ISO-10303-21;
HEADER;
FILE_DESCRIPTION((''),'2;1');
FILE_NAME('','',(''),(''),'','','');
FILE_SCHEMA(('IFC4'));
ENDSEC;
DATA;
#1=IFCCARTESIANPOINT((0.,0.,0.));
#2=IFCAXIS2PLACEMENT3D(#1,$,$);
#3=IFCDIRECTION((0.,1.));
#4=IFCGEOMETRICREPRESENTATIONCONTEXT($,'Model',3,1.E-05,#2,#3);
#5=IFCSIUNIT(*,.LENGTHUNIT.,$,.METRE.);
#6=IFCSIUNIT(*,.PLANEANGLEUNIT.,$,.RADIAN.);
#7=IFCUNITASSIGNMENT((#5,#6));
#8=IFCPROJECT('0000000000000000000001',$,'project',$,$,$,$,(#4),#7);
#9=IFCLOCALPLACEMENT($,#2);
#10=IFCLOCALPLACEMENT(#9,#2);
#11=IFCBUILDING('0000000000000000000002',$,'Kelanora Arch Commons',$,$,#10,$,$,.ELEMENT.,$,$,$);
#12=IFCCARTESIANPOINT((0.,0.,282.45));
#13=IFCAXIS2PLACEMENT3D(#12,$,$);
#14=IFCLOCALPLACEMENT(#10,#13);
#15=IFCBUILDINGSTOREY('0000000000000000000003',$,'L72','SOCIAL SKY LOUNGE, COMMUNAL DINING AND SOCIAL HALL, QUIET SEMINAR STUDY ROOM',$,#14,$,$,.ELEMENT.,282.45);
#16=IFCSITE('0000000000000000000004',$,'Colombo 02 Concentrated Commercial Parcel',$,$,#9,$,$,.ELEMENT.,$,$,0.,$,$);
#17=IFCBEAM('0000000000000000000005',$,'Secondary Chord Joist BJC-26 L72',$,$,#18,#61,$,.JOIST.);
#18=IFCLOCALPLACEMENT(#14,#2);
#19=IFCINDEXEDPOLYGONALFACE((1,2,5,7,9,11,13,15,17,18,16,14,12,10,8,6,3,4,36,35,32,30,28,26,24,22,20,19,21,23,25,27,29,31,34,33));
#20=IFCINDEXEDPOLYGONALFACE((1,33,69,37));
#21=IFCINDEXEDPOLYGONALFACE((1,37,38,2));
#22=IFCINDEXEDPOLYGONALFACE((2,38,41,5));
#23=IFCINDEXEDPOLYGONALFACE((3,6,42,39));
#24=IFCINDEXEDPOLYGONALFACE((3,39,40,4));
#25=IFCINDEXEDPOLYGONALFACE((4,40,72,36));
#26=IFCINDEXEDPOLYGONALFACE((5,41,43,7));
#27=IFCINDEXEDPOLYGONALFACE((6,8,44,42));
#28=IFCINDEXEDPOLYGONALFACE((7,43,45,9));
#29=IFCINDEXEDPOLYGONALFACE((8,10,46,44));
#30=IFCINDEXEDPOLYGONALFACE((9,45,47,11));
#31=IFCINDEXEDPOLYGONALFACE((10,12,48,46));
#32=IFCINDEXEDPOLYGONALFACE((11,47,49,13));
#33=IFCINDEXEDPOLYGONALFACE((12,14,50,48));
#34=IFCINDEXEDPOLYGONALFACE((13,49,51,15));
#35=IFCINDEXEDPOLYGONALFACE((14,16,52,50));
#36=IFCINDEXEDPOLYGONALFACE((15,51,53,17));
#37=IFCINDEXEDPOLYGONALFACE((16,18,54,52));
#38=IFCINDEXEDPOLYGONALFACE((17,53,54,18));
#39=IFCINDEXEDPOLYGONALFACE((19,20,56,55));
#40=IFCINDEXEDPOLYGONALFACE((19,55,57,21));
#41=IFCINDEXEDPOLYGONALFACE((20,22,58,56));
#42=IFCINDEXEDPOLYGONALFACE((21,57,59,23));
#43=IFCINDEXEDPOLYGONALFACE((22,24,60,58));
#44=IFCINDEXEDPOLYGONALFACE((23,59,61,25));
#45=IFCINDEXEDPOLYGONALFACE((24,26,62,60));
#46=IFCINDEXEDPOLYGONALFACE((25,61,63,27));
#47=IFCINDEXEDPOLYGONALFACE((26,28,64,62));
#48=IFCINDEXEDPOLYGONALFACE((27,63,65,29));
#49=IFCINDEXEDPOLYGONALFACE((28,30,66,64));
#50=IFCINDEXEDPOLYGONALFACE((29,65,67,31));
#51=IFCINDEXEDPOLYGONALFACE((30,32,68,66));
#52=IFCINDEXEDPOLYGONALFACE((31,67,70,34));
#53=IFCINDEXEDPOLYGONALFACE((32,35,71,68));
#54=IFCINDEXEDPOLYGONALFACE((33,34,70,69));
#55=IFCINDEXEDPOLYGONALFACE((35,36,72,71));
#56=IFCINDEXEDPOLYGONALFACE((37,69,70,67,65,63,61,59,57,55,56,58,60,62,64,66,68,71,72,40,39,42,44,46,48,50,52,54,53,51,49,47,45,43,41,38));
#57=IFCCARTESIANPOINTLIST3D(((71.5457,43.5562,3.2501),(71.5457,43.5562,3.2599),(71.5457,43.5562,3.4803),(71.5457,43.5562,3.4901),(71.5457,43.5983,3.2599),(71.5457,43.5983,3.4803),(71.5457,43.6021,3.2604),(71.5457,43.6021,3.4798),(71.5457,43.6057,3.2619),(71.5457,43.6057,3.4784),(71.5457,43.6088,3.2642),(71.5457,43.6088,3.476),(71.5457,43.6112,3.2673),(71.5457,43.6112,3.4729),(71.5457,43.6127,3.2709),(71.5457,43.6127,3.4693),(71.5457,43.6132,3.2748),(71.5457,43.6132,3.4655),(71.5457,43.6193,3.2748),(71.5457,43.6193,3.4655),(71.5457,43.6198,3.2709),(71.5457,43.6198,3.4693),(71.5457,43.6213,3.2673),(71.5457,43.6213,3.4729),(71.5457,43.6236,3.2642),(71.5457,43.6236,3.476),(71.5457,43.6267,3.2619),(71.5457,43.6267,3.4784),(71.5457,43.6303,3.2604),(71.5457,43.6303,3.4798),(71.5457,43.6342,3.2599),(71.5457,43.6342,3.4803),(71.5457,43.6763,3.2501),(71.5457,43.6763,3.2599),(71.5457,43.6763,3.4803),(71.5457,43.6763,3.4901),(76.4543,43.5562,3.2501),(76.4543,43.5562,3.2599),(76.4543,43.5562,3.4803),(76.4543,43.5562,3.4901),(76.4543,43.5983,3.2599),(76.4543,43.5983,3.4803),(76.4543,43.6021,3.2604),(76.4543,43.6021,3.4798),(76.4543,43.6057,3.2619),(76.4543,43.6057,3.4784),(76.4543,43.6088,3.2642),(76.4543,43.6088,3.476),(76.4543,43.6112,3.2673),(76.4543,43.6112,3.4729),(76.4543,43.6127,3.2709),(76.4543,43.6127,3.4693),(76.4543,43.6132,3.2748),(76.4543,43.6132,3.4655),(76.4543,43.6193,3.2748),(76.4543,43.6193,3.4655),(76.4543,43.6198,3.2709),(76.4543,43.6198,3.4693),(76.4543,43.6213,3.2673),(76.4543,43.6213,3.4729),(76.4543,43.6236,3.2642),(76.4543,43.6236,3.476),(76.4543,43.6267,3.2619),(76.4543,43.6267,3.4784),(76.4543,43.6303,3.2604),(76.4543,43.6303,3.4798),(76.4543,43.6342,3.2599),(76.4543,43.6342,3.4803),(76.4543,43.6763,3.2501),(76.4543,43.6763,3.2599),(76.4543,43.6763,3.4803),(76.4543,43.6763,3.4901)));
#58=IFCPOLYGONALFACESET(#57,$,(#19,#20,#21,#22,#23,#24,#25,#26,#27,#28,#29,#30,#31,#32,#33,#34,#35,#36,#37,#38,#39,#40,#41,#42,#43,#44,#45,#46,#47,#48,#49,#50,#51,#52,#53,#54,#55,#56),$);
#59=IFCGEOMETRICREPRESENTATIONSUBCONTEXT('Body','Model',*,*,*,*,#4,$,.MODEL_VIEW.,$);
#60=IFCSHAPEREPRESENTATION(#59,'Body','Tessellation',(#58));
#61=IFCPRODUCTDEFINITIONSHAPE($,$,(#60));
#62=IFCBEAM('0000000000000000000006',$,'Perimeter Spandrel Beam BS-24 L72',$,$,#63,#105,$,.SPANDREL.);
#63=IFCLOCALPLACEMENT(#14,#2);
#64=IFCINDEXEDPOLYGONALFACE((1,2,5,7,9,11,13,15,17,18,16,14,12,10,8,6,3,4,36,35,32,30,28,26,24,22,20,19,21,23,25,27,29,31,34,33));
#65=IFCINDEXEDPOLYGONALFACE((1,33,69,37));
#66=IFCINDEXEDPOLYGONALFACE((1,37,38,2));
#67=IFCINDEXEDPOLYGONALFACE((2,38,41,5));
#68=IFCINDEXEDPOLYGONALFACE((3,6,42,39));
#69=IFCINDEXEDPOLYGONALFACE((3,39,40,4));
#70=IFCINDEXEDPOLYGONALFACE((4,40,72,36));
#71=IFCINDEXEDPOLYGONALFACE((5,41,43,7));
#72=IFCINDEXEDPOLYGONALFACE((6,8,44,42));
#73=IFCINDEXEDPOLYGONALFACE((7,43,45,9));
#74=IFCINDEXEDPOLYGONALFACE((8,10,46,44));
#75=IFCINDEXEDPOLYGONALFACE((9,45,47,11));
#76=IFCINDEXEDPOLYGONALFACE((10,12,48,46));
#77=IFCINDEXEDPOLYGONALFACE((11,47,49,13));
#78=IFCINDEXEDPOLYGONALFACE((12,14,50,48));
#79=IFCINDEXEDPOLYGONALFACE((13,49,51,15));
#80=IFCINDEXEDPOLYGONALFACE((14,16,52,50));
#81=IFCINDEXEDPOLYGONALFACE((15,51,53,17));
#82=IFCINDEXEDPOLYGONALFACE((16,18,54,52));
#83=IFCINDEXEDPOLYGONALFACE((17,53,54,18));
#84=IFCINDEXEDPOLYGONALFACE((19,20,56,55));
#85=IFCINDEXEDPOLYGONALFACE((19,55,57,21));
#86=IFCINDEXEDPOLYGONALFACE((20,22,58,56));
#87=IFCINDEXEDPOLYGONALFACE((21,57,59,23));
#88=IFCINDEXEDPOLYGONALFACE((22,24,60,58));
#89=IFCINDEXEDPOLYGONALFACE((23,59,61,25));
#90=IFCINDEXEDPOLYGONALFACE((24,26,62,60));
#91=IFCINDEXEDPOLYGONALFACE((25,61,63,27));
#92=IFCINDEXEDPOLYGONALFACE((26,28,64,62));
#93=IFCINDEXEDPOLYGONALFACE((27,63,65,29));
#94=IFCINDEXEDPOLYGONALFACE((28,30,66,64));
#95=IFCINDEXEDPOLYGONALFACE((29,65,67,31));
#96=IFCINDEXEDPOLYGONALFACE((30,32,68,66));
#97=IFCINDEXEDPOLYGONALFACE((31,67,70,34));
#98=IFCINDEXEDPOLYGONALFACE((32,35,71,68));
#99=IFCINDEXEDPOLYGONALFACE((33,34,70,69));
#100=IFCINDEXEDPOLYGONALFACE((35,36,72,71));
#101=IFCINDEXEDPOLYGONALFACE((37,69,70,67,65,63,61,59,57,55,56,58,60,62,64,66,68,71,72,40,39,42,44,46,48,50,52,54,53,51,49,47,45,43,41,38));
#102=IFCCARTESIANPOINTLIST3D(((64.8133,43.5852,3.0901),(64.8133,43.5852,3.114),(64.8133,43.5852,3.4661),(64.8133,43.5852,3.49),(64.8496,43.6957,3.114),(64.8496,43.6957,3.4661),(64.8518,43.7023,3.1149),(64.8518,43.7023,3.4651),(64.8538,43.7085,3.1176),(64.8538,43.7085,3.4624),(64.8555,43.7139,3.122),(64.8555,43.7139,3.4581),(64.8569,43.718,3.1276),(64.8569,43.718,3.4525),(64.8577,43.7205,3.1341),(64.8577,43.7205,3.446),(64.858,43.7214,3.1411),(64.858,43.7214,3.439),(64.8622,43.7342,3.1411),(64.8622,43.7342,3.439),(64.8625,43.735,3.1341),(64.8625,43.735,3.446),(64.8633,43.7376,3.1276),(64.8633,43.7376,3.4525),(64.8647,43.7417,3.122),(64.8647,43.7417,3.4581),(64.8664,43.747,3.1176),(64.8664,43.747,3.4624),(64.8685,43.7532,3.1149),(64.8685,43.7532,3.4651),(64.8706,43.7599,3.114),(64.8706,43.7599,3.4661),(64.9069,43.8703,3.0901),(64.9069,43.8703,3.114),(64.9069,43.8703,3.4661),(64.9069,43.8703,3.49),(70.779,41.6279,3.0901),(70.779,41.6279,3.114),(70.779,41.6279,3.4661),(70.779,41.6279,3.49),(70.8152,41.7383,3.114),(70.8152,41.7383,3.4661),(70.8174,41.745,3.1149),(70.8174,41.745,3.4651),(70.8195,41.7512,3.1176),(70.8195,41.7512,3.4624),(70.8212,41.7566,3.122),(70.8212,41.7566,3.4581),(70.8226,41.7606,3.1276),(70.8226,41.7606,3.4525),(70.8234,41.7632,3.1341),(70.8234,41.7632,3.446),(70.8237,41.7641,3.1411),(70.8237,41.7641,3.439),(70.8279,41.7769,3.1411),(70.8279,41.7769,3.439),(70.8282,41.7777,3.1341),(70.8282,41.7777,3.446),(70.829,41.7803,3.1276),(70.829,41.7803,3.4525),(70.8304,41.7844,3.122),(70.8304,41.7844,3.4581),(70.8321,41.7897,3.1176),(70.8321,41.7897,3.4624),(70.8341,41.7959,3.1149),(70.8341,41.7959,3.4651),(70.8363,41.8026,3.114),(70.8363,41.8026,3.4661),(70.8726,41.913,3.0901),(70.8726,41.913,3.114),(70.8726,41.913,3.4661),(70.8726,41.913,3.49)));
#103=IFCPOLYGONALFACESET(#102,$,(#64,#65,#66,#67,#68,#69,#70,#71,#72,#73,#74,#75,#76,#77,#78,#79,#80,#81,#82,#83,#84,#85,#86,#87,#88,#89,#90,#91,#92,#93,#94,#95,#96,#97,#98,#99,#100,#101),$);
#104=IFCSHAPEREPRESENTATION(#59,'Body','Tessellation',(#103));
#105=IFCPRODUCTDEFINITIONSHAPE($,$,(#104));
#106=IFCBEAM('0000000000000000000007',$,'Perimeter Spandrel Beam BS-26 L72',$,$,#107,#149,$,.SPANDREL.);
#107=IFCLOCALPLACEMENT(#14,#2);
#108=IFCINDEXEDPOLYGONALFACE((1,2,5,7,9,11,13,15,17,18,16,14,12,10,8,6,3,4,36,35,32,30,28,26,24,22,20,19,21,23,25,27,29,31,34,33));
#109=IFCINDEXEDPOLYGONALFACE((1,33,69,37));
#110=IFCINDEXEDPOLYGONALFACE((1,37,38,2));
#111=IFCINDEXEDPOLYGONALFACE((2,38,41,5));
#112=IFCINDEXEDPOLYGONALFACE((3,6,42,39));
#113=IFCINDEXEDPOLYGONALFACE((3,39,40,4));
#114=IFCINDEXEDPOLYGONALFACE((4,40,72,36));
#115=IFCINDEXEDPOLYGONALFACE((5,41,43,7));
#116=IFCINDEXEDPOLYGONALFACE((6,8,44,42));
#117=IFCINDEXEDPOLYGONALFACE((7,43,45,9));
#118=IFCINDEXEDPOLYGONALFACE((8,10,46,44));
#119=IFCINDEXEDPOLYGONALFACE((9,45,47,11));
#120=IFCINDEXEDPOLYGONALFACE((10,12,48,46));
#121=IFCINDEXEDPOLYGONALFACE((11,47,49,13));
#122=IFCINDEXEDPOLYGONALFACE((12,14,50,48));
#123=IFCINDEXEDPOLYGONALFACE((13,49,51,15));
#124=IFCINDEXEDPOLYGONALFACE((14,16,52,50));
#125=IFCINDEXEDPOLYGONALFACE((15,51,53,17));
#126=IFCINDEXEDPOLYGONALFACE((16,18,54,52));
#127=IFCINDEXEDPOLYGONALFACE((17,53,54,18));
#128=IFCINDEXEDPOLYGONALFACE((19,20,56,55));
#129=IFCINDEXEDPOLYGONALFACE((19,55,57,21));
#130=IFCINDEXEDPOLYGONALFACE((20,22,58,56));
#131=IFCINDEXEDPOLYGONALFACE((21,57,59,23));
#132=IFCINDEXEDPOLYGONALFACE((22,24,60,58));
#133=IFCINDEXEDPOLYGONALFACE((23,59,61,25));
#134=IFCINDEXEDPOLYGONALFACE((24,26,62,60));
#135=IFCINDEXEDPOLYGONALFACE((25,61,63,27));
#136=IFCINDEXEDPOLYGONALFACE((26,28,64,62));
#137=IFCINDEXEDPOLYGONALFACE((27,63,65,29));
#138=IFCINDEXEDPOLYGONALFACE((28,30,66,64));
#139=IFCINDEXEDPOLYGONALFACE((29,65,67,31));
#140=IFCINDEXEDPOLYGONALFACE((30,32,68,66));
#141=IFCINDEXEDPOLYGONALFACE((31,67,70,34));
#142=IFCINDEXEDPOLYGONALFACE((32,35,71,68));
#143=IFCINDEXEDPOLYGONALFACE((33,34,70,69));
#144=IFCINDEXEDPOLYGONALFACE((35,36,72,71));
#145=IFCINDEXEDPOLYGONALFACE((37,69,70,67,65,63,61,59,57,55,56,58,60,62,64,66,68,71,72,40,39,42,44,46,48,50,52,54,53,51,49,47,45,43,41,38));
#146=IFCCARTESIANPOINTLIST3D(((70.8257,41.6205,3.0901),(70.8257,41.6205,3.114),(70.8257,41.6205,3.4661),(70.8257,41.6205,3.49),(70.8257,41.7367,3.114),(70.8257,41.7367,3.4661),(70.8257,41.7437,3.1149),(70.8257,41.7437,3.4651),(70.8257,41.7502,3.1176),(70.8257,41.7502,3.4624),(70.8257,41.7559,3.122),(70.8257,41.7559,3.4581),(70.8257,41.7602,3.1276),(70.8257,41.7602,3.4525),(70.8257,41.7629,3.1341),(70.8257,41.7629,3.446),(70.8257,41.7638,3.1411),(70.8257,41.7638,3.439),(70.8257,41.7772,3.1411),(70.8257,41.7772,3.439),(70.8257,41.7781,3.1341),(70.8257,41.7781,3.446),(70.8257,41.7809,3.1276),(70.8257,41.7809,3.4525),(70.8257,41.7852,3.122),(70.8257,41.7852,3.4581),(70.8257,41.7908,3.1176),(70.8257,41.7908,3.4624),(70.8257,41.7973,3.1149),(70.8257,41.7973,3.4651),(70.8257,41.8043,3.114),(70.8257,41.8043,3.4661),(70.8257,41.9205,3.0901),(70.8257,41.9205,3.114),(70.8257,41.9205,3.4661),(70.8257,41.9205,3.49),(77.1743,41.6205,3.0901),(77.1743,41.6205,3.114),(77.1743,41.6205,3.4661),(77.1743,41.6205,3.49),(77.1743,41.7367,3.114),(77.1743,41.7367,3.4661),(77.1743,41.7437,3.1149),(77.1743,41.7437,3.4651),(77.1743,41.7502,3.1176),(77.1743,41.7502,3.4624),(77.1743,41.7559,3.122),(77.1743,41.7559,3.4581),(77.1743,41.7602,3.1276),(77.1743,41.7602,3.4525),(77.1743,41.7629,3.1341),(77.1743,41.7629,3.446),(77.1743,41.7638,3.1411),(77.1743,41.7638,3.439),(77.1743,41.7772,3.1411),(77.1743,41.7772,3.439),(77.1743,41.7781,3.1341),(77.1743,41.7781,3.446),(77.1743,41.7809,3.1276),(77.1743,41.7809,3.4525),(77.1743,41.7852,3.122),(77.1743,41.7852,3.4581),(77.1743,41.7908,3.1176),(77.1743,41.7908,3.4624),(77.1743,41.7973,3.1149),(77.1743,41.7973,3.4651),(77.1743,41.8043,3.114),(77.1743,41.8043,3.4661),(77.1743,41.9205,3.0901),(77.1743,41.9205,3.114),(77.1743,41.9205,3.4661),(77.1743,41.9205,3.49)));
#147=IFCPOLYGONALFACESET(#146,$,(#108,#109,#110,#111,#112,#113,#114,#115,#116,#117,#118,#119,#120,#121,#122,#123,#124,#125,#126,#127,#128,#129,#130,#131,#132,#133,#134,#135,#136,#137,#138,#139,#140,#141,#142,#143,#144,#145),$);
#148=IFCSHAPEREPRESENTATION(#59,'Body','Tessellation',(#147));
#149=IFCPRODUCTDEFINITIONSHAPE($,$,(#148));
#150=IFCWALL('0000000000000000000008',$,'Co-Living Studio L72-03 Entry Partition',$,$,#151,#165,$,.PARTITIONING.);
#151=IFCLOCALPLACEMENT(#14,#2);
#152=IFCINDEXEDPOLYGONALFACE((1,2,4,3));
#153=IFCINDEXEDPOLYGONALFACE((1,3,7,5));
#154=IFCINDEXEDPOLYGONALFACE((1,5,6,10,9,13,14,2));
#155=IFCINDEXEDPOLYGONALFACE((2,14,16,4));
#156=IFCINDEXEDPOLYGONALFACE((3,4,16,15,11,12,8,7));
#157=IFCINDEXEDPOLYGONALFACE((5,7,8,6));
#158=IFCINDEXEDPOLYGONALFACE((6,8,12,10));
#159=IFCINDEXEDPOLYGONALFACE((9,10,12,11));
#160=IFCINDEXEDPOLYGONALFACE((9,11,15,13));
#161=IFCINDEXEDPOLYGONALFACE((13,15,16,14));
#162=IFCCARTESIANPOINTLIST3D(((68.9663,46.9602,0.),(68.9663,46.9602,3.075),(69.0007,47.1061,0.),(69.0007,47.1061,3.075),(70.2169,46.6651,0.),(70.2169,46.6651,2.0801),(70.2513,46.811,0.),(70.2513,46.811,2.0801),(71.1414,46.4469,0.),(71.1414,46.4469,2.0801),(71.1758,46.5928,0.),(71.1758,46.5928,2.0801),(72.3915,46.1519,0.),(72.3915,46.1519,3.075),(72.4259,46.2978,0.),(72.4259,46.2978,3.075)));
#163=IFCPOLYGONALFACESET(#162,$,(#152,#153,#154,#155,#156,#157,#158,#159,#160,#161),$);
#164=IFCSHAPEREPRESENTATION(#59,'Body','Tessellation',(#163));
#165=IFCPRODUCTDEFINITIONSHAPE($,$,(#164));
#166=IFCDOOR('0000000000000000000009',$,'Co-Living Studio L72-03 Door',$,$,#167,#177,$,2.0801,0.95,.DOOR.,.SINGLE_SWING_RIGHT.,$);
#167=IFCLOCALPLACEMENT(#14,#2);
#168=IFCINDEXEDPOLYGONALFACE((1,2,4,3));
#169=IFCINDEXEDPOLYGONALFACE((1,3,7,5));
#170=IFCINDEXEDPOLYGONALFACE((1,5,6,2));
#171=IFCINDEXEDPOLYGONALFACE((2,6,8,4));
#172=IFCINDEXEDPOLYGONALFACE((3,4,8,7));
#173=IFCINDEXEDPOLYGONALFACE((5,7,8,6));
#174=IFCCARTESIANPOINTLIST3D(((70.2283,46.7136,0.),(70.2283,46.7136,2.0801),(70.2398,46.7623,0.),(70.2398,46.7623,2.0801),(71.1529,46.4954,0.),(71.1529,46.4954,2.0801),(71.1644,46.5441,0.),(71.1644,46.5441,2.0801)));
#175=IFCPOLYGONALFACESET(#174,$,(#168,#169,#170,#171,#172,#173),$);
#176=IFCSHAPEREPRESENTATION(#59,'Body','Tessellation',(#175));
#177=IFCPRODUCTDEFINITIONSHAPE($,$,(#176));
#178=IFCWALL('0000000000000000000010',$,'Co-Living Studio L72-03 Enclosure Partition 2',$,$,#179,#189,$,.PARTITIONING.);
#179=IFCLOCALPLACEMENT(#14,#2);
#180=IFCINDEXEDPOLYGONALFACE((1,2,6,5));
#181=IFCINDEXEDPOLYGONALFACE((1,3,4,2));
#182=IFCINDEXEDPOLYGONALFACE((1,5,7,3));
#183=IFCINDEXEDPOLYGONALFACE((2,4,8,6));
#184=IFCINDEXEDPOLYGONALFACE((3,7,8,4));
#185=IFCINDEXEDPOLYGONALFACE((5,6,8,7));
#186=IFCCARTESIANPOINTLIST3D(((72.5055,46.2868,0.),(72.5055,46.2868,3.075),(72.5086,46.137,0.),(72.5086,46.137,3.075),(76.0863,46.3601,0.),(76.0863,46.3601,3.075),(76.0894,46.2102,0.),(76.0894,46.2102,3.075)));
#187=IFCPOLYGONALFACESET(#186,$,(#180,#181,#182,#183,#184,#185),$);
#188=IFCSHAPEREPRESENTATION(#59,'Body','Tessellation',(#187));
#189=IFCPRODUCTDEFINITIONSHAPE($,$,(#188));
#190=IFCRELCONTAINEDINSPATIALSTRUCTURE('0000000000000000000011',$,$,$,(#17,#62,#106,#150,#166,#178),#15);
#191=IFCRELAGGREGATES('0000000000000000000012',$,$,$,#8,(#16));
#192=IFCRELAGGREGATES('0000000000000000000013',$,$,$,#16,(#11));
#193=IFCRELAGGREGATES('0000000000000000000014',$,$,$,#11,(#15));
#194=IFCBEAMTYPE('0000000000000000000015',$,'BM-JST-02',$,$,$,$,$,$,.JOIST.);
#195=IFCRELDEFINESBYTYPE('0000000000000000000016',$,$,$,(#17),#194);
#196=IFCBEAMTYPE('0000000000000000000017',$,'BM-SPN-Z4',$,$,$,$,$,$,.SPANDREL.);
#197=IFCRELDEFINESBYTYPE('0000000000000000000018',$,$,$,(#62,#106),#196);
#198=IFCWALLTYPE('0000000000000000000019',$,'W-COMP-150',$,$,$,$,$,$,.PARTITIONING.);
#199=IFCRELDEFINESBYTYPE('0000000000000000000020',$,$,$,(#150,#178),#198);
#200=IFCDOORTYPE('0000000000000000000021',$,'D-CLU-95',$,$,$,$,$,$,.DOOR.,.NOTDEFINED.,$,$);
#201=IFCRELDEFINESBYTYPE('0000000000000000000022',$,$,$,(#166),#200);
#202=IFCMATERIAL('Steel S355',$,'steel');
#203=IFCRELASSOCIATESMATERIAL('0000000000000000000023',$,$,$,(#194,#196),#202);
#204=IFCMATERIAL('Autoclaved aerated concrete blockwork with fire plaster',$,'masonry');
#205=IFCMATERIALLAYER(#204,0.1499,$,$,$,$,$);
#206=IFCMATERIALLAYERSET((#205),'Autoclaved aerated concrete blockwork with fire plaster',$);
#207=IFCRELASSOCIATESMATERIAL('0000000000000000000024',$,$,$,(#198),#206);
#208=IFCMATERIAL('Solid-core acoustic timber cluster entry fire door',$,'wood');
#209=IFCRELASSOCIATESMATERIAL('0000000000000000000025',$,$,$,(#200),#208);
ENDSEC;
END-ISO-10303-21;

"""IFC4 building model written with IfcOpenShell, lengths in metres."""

from ifc_helpers import new_model, si_unit, direction, frame, frame_2d, origin, origin_2d, place, context, subcontext, project, spatial, rectangle, i_section, extrude, material, layer, layer_set, material_profile, profile_set, type_object, element, fill, save


model = new_model("IFC4")

# Units and contexts
model_context = context("Model", 3, precision=1e-05, world=origin(), true_north=direction((0.0, 1.0)))
body_context = subcontext(model_context, "Body", "Model", "MODEL_VIEW")
ifc_project = project(units=[si_unit("LENGTHUNIT", "METRE"), si_unit("PLANEANGLEUNIT", "RADIAN")], contexts=[model_context])

# Site, building, storey
site_placement = place(None, origin())
site = spatial("IfcSite", under=ifc_project, at=site_placement, Name="Colombo 02 Concentrated Commercial Parcel", CompositionType="ELEMENT", RefElevation=0.0)
building_placement = place(site_placement, origin())
building = spatial("IfcBuilding", under=site, at=building_placement, Name="Kelanora Arch Commons", CompositionType="ELEMENT")
storey_placement = place(building_placement, frame((0.0, 0.0, 282.45)))
storey = spatial("IfcBuildingStorey", under=building, at=storey_placement, Name="L72", Description="SOCIAL SKY LOUNGE, COMMUNAL DINING AND SOCIAL HALL, QUIET SEMINAR STUDY ROOM", CompositionType="ELEMENT", Elevation=282.45)

# Beams
ifc_material_1 = material(Name="Steel S355", Category="steel")
ifc_material_profile_1 = material_profile(ifc_material_1, i_section(OverallWidth=0.1201, OverallDepth=0.24, WebThickness=0.0061, FlangeThickness=0.0098, FilletRadius=0.0149, at=origin_2d()), Name="IPE240")
ifc_profile_set_1 = profile_set([ifc_material_profile_1], Name="Steel S355")
beam_type_1 = type_object("IfcBeamType", Name="BM-JST-02", PredefinedType="JOIST", material=ifc_profile_set_1)
beam_1_placement = place(storey_placement, frame((71.5457, 43.6162, 3.3701), z_axis=(1.0, 0.0, 0.0), x_axis=(0.0, 1.0, 0.0)))
element("IfcBeam", 1, at=beam_1_placement, inside=storey, type_object=beam_type_1, Name="Secondary Chord Joist BJC-26 L72", PredefinedType="JOIST", context=body_context, shape_type="SweptSolid", body=[
    extrude(i_section(OverallWidth=0.1201, OverallDepth=0.24, WebThickness=0.0061, FlangeThickness=0.0098, FilletRadius=0.0149, at=origin_2d()), origin(), (0.0, 0.0, 1.0), 4.9087),
])
ifc_material_profile_2 = material_profile(ifc_material_1, i_section(OverallWidth=0.3, OverallDepth=0.3999, WebThickness=0.0134, FlangeThickness=0.0239, FilletRadius=0.0271, at=origin_2d()), Name="HEB400")
ifc_profile_set_2 = profile_set([ifc_material_profile_2], Name="Steel S355")
beam_type_2 = type_object("IfcBeamType", Name="BM-SPN-Z4", PredefinedType="SPANDREL", material=ifc_profile_set_2)
beam_2_placement = place(storey_placement, frame((64.8601, 43.7278, 3.29), z_axis=(0.950166, -0.311745, 0.0), x_axis=(0.311745, 0.950166, 0.0)))
element("IfcBeam", 2, at=beam_2_placement, inside=storey, type_object=beam_type_2, Name="Perimeter Spandrel Beam BS-24 L72", PredefinedType="SPANDREL", context=body_context, shape_type="SweptSolid", body=[
    extrude(i_section(OverallWidth=0.3, OverallDepth=0.3999, WebThickness=0.0134, FlangeThickness=0.0239, FilletRadius=0.0271, at=origin_2d()), origin(), (0.0, 0.0, 1.0), 6.2786),
])
beam_3_placement = place(storey_placement, frame((70.8257, 41.7705, 3.29), z_axis=(1.0, 0.0, 0.0), x_axis=(0.0, 1.0, 0.0)))
element("IfcBeam", 3, at=beam_3_placement, inside=storey, type_object=beam_type_2, Name="Perimeter Spandrel Beam BS-26 L72", PredefinedType="SPANDREL", context=body_context, shape_type="SweptSolid", body=[
    extrude(i_section(OverallWidth=0.3, OverallDepth=0.3999, WebThickness=0.0134, FlangeThickness=0.0239, FilletRadius=0.0271, at=origin_2d()), origin(), (0.0, 0.0, 1.0), 6.3486),
])

# Wall, opening, door
ifc_material_2 = material(Name="Autoclaved aerated concrete blockwork with fire plaster", Category="masonry")
ifc_layer_1 = layer(ifc_material_2, 0.1499)
ifc_layer_set_1 = layer_set([ifc_layer_1], Name="Autoclaved aerated concrete blockwork with fire plaster")
wall_type_1 = type_object("IfcWallType", Name="W-COMP-150", PredefinedType="PARTITIONING", material=ifc_layer_set_1)
wall_1_placement = place(storey_placement, frame((68.9834, 47.0332, 0.0), z_axis=(0.0, 0.0, 1.0), x_axis=(0.973265, -0.229685, 0.0)))
wall_1 = element("IfcWall", 4, at=wall_1_placement, inside=storey, type_object=wall_type_1, Name="Co-Living Studio L72-03 Entry Partition", PredefinedType="PARTITIONING", context=body_context, shape_type="SweptSolid", body=[
    extrude(rectangle(XDim=3.5193, YDim=0.1499, at=frame_2d((1.7598, 0.0))), origin(), (0.0, 0.0, 1.0), 3.075),
])
opening_1_placement = place(wall_1_placement, frame((1.2849, 0.0, 0.0)))
opening_1 = element("IfcOpeningElement", 5, at=opening_1_placement, cuts=wall_1, PredefinedType="OPENING", context=body_context, shape_type="SweptSolid", body=[
    extrude(rectangle(XDim=0.95, YDim=2.0801, at=frame_2d((0.4751, 1.04))), frame((0.0, 0.085, 0.0), z_axis=(0.0, -1.0, 0.0), x_axis=(1.0, 0.0, 0.0)), (0.0, 0.0, 1.0), 0.1699),
])
ifc_material_3 = material(Name="Solid-core acoustic timber cluster entry fire door", Category="wood")
door_type_1 = type_object("IfcDoorType", Name="D-CLU-95", OperationType="NOTDEFINED", PredefinedType="DOOR", material=ifc_material_3)
door_1_placement = place(opening_1_placement, origin())
door_1 = element("IfcDoor", 6, at=door_1_placement, inside=storey, type_object=door_type_1, Name="Co-Living Studio L72-03 Door", OperationType="SINGLE_SWING_RIGHT", OverallHeight=2.0801, OverallWidth=0.95, PredefinedType="DOOR", context=body_context, shape_type="SweptSolid", body=[
    extrude(rectangle(XDim=0.95, YDim=2.0801, at=frame_2d((0.4751, 1.04))), frame((0.0, 0.0249, 0.0), z_axis=(0.0, -1.0, 0.0), x_axis=(1.0, 0.0, 0.0)), (0.0, 0.0, 1.0), 0.05),
])
fill(opening_1, door_1)

# Wall
wall_2_placement = place(storey_placement, frame((72.5071, 46.2119, 0.0), z_axis=(0.0, 0.0, 1.0), x_axis=(0.999791, 0.02045, 0.0)))
element("IfcWall", 7, at=wall_2_placement, inside=storey, type_object=wall_type_1, Name="Co-Living Studio L72-03 Enclosure Partition 2", PredefinedType="PARTITIONING", context=body_context, shape_type="SweptSolid", body=[
    extrude(rectangle(XDim=3.5815, YDim=0.1499, at=frame_2d((1.7908, 0.0))), origin(), (0.0, 0.0, 1.0), 3.075),
])

save(model, "model.ifc")
